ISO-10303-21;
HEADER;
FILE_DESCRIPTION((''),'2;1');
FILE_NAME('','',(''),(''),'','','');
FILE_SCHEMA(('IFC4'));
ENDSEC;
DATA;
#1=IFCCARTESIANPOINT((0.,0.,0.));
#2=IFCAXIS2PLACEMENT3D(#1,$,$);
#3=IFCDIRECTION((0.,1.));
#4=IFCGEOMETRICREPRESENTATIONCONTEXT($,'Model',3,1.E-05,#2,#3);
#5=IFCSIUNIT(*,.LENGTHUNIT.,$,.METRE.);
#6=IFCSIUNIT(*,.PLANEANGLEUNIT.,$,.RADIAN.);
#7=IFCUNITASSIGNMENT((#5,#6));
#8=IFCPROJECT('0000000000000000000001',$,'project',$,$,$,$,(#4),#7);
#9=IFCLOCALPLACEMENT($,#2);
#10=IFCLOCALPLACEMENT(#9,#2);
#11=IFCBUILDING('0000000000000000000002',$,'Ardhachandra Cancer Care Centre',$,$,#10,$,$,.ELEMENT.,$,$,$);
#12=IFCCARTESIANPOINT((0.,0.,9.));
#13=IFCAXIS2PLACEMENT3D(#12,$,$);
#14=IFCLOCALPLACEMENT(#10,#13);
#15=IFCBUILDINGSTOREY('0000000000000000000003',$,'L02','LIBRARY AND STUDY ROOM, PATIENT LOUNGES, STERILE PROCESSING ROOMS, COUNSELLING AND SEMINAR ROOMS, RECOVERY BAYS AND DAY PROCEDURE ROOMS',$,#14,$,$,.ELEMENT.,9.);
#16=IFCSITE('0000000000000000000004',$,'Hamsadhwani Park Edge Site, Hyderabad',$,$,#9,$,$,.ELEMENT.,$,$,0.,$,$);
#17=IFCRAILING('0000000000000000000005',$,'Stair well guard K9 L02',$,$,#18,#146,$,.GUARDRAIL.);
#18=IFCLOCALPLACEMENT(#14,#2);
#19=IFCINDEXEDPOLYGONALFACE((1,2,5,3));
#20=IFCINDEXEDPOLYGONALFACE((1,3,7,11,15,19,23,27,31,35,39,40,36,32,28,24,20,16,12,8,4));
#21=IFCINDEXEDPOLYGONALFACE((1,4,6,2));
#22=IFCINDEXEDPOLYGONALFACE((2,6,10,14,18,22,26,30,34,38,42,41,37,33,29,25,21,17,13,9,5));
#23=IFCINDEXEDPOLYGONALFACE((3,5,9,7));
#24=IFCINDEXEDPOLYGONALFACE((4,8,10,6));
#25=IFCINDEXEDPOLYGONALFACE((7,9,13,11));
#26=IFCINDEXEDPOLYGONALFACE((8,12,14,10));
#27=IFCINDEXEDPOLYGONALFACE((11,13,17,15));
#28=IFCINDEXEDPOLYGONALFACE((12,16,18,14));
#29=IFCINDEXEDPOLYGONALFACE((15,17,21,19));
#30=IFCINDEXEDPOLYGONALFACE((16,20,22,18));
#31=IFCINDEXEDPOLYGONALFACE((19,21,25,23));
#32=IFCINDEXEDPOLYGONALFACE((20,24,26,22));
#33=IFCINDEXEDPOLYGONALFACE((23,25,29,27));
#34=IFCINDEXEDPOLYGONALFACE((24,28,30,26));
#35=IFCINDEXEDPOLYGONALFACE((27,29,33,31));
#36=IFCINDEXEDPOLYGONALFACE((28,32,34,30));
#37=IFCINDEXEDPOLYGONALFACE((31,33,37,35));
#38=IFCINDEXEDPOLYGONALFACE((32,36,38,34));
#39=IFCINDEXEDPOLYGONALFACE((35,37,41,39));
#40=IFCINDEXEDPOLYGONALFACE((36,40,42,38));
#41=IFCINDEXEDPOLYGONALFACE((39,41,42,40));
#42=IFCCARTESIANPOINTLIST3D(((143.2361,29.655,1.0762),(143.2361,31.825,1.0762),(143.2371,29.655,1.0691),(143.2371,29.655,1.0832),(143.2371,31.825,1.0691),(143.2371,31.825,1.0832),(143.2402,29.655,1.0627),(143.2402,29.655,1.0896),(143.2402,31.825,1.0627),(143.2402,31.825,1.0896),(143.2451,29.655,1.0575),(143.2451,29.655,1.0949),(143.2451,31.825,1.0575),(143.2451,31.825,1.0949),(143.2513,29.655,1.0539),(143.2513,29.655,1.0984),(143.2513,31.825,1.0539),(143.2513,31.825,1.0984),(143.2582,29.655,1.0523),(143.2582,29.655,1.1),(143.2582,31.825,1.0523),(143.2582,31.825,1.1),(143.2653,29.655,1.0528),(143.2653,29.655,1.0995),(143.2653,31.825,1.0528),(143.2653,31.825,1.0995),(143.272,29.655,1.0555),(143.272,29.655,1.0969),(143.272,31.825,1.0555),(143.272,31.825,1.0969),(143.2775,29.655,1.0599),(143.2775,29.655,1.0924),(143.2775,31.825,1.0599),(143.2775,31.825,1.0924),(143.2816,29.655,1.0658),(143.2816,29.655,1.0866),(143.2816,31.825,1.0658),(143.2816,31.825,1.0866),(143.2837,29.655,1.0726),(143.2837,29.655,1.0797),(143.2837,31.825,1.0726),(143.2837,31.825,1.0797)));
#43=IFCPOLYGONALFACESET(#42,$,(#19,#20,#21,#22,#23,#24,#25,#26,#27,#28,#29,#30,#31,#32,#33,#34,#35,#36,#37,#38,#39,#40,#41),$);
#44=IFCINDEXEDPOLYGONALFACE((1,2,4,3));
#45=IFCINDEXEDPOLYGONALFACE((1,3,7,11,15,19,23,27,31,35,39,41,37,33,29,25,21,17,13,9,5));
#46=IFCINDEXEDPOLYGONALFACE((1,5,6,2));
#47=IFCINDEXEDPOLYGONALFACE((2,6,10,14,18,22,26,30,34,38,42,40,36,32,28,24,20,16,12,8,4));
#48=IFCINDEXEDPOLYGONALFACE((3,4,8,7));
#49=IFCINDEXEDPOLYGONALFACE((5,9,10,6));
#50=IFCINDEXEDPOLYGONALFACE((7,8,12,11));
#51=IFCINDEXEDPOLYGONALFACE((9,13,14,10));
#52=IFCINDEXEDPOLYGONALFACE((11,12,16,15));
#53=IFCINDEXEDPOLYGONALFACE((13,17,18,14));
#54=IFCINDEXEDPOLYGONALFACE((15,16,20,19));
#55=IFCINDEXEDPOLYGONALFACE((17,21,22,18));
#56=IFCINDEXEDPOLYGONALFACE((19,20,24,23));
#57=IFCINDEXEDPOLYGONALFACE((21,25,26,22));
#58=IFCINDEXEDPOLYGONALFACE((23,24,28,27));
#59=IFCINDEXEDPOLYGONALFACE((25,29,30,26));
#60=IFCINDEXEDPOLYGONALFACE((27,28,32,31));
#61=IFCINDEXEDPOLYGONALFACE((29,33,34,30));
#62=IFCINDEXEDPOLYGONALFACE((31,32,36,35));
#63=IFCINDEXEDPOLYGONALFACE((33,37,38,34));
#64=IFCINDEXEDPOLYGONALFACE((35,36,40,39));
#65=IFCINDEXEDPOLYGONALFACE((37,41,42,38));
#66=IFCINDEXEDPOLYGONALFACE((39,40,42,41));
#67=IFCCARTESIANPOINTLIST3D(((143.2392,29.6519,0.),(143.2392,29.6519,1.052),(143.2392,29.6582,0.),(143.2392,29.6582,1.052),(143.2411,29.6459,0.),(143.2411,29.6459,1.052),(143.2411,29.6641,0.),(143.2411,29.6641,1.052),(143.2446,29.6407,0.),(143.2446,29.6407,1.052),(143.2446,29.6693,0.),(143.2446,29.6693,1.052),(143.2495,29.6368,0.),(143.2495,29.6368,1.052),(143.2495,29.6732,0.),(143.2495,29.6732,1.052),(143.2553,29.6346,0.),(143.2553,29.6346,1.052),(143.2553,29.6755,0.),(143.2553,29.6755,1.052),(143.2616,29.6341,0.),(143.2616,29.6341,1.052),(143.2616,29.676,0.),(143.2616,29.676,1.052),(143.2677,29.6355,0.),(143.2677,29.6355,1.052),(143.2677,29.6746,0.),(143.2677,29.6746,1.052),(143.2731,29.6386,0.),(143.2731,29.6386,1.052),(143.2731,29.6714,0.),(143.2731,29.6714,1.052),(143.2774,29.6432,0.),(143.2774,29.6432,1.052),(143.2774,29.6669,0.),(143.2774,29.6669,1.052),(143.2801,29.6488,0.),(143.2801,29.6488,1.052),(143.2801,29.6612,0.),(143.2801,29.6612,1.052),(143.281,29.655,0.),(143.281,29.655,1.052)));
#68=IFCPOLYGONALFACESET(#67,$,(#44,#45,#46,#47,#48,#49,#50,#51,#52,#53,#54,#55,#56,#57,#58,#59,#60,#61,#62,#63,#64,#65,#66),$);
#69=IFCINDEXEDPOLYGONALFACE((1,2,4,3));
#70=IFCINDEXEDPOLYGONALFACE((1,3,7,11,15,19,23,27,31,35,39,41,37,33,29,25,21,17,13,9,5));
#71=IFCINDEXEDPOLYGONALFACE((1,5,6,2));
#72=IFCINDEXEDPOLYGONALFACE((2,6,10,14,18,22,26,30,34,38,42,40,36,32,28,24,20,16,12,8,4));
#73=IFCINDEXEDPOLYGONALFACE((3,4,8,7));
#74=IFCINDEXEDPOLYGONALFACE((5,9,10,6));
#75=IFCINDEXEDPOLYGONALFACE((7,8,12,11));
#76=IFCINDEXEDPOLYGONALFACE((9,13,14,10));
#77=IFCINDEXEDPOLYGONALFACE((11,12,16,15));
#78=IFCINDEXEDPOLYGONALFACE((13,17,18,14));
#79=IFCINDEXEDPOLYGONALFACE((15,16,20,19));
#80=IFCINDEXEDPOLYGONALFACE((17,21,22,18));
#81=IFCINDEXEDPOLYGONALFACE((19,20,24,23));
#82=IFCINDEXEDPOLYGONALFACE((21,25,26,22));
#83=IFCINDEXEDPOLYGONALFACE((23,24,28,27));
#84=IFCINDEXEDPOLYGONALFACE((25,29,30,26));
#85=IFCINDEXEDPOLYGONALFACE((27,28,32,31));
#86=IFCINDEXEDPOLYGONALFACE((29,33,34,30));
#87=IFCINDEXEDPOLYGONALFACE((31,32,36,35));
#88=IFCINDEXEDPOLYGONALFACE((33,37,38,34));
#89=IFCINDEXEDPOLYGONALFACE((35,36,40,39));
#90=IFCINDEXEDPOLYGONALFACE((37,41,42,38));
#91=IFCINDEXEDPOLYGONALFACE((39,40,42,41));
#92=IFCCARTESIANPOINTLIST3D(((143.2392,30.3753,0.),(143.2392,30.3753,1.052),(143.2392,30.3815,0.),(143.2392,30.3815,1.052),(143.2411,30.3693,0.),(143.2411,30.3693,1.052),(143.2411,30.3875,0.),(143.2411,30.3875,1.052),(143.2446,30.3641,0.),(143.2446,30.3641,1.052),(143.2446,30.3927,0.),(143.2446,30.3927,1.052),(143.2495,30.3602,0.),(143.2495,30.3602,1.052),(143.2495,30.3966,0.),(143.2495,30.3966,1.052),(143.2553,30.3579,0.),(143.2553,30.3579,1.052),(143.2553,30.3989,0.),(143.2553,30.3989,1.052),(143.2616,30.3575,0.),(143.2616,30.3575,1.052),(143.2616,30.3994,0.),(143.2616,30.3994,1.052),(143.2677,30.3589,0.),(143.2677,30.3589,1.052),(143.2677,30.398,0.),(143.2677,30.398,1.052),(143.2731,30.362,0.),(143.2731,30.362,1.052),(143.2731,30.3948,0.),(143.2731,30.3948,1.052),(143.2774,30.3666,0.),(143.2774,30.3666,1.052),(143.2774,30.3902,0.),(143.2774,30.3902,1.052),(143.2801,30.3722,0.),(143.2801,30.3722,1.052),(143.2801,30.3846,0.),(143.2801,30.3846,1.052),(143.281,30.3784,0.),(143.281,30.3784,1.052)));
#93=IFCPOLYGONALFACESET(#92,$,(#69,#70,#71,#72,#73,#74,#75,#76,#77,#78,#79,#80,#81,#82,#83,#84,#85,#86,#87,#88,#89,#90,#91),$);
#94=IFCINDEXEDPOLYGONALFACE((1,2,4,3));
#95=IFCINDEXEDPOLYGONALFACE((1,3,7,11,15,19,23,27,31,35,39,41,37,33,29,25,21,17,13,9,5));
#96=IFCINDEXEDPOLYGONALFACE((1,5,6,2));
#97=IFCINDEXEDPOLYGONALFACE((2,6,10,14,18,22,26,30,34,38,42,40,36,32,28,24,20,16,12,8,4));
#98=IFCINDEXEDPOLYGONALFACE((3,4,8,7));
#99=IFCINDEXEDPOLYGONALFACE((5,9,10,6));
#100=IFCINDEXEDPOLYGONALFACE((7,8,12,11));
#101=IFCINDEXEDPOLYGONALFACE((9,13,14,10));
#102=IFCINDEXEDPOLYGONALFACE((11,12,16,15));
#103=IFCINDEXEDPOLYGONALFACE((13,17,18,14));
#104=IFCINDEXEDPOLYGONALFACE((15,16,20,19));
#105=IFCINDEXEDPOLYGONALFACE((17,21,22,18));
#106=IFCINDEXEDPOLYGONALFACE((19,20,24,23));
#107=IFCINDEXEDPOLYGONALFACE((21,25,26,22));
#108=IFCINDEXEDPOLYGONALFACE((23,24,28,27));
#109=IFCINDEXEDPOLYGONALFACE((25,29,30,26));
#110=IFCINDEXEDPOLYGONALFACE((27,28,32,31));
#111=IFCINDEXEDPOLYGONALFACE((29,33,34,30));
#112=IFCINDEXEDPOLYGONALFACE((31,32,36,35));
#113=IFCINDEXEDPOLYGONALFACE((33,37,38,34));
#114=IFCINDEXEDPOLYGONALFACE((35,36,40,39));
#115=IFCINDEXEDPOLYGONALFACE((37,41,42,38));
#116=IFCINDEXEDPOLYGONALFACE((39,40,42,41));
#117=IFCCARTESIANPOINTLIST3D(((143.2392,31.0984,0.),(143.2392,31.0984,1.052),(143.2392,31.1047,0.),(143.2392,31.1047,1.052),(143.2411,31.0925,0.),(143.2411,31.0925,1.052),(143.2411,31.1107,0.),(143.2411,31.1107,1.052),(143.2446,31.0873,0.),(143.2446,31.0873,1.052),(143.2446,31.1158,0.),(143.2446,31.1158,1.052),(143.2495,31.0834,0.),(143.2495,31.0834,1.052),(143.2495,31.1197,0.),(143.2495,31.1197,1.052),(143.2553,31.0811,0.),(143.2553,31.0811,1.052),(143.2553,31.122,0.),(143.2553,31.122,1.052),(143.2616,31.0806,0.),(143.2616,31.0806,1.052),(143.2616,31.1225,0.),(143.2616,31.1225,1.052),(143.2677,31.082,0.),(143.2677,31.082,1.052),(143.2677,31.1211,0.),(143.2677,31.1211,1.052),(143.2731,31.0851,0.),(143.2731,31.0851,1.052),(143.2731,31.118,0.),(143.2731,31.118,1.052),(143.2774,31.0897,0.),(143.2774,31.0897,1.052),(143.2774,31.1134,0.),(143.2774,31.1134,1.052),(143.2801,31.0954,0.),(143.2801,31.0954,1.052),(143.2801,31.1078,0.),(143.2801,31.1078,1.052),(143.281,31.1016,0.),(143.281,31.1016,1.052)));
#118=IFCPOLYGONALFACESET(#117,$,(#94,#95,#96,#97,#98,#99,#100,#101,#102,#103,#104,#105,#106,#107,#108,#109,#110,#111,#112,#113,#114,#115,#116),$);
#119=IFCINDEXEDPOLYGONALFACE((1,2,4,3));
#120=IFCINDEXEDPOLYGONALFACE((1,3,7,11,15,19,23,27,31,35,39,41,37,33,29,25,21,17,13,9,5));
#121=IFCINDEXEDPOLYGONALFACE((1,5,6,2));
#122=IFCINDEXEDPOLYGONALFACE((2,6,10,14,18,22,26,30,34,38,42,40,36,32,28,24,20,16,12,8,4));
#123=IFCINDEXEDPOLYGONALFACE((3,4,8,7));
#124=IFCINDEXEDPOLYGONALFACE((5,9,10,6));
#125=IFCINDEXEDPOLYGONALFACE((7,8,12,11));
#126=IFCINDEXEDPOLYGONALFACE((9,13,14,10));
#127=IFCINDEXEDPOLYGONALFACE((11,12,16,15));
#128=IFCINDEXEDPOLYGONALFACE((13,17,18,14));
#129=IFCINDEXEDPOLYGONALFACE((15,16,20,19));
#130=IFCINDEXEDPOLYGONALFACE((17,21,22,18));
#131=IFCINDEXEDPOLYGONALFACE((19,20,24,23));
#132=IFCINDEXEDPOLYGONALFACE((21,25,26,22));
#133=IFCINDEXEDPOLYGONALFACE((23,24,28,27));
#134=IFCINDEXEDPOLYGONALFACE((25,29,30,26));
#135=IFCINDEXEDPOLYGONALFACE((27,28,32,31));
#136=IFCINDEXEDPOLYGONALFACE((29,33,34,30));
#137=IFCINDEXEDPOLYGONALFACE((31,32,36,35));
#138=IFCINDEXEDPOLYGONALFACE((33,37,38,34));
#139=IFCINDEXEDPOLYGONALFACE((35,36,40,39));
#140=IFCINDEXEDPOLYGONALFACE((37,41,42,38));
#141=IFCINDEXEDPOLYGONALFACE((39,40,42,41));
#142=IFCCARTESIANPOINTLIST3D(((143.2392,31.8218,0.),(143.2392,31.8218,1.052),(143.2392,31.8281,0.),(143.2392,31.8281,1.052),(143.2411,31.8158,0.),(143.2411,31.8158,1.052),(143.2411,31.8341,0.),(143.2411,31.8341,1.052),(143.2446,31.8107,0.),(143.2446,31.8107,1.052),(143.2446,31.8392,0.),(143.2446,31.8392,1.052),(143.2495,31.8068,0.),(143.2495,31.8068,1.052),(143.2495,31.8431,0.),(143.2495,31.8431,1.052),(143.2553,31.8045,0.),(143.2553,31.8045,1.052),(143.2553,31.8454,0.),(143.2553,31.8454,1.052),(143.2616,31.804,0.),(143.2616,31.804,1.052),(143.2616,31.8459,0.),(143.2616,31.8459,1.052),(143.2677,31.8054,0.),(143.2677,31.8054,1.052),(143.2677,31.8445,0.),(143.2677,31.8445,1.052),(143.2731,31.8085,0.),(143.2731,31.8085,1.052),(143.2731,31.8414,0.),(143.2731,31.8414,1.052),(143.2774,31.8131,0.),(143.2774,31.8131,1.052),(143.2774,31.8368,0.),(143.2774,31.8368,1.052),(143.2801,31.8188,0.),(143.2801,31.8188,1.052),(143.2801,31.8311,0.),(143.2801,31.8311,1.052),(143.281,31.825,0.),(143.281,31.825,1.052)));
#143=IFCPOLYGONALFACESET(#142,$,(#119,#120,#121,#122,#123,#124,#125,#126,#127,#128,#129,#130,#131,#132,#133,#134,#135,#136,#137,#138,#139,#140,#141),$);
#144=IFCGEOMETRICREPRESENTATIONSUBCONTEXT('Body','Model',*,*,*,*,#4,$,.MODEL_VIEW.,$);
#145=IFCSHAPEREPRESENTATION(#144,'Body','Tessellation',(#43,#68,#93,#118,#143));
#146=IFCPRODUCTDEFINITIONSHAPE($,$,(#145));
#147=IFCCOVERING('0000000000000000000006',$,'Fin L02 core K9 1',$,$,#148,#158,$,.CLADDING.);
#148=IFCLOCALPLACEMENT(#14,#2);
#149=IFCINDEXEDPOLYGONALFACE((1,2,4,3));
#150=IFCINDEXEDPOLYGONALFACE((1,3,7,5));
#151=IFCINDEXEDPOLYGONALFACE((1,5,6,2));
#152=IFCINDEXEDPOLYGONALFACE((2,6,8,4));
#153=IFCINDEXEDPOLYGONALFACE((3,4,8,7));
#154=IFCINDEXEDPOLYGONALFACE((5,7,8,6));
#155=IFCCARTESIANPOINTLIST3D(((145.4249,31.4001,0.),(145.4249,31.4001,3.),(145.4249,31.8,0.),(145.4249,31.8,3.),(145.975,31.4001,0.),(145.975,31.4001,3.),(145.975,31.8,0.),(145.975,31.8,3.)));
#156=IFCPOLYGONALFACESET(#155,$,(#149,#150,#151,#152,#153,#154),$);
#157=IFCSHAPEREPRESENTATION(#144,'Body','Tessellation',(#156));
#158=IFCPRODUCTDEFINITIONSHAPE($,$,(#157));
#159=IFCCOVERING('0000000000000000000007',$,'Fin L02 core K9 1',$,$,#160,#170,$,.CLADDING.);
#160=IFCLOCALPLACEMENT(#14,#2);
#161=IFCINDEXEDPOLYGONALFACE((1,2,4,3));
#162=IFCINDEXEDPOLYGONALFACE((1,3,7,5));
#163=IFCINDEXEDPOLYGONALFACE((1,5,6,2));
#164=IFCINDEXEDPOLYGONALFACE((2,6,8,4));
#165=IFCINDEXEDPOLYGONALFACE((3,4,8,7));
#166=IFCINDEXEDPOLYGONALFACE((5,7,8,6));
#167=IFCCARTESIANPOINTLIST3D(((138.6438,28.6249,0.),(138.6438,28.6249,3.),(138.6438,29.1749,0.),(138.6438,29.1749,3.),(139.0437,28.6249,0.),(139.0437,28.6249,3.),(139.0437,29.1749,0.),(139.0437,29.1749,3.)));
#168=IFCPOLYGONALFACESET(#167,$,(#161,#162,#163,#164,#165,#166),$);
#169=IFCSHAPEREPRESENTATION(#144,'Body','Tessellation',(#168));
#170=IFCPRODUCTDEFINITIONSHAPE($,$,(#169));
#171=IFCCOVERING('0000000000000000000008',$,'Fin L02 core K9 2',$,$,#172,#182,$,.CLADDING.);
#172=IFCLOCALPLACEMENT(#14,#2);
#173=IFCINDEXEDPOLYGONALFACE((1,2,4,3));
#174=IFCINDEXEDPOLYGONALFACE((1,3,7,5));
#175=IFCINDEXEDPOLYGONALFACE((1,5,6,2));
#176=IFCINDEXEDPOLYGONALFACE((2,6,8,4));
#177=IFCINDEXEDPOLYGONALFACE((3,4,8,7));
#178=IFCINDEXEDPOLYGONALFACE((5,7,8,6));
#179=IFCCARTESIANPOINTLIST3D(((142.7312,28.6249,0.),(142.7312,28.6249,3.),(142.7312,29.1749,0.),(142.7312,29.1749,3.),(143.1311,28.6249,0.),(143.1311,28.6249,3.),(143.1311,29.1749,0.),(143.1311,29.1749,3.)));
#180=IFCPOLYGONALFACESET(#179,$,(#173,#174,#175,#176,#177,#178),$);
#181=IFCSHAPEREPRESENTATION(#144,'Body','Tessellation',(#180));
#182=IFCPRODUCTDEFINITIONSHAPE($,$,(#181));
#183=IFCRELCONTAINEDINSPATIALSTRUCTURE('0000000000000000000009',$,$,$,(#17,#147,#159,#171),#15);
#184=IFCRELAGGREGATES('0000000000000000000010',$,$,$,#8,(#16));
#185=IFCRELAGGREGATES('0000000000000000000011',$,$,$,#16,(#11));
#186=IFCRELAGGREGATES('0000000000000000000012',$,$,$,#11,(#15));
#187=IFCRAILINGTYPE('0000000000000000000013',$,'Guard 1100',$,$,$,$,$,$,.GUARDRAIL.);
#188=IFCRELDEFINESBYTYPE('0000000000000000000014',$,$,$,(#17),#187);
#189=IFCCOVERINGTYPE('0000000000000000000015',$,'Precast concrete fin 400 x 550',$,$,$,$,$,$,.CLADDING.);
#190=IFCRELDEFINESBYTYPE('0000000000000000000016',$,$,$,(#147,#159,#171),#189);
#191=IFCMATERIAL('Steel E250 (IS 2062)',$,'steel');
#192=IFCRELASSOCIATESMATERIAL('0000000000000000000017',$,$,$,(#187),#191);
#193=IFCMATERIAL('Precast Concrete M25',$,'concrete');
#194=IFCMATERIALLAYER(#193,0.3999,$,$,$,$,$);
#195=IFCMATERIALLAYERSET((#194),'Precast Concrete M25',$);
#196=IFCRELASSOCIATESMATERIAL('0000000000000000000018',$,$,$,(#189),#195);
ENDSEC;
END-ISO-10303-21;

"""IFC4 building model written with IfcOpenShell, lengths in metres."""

from ifc_helpers import new_model, si_unit, direction, frame, origin, origin_2d, place, context, subcontext, project, spatial, rectangle, circle, extrude, material, layer, layer_set, type_object, element, save


model = new_model("IFC4")

# Units and contexts
model_context = context("Model", 3, precision=1e-05, world=origin(), true_north=direction((0.0, 1.0)))
body_context = subcontext(model_context, "Body", "Model", "MODEL_VIEW")
ifc_project = project(units=[si_unit("LENGTHUNIT", "METRE"), si_unit("PLANEANGLEUNIT", "RADIAN")], contexts=[model_context])

# Site, building, storey
site_placement = place(None, origin())
site = spatial("IfcSite", under=ifc_project, at=site_placement, Name="Hamsadhwani Park Edge Site, Hyderabad", CompositionType="ELEMENT", RefElevation=0.0)
building_placement = place(site_placement, origin())
building = spatial("IfcBuilding", under=site, at=building_placement, Name="Ardhachandra Cancer Care Centre", CompositionType="ELEMENT")
storey_placement = place(building_placement, frame((0.0, 0.0, 9.0)))
storey = spatial("IfcBuildingStorey", under=building, at=storey_placement, Name="L02", Description="LIBRARY AND STUDY ROOM, PATIENT LOUNGES, STERILE PROCESSING ROOMS, COUNSELLING AND SEMINAR ROOMS, RECOVERY BAYS AND DAY PROCEDURE ROOMS", CompositionType="ELEMENT", Elevation=9.0)

# Railing
ifc_material_1 = material(Name="Steel E250 (IS 2062)", Category="steel")
railing_type = type_object("IfcRailingType", Name="Guard 1100", PredefinedType="GUARDRAIL", material=ifc_material_1)
railing_placement = place(storey_placement, frame((143.26, 29.655, 0.0)))
element("IfcRailing", 1, at=railing_placement, inside=storey, type_object=railing_type, Name="Stair well guard K9 L02", PredefinedType="GUARDRAIL", context=body_context, shape_type="SweptSolid", body=[
    extrude(circle(Radius=0.0239, at=origin_2d()), frame((0.0, 0.0, 1.0762), z_axis=(0.0, 1.0, 0.0), x_axis=(-1.0, 0.0, 0.0)), (0.0, 0.0, 1.0), 2.1699),
    extrude(circle(Radius=0.021, at=origin_2d()), origin(), (0.0, 0.0, 1.0), 1.052),
    extrude(circle(Radius=0.021, at=origin_2d()), frame((0.0, 0.7234, 0.0)), (0.0, 0.0, 1.0), 1.052),
    extrude(circle(Radius=0.021, at=origin_2d()), frame((0.0, 1.4465, 0.0)), (0.0, 0.0, 1.0), 1.052),
    extrude(circle(Radius=0.021, at=origin_2d()), frame((0.0, 2.1699, 0.0)), (0.0, 0.0, 1.0), 1.052),
])

# Coverings
ifc_material_2 = material(Name="Precast Concrete M25", Category="concrete")
ifc_layer_1 = layer(ifc_material_2, 0.3999)
ifc_layer_set_1 = layer_set([ifc_layer_1], Name="Precast Concrete M25")
covering_type = type_object("IfcCoveringType", Name="Precast concrete fin 400 x 550", PredefinedType="CLADDING", material=ifc_layer_set_1)
for number, where, z_axis, x_axis, name in (
    (2, (145.7, 31.6001, 0.0), (0.0, 0.0, 1.0), (0.0, 1.0, 0.0), "Fin L02 core K9 1"),
    (3, (138.8438, 28.8999, 0.0), (0.0, 0.0, 1.0), (1.0, 0.0, 0.0), "Fin L02 core K9 1"),
    (4, (142.9312, 28.8999, 0.0), (0.0, 0.0, 1.0), (1.0, 0.0, 0.0), "Fin L02 core K9 2"),
):
    element("IfcCovering", number, at=place(storey_placement, frame(where, z_axis=z_axis, x_axis=x_axis)), inside=storey, type_object=covering_type, Name=name, PredefinedType="CLADDING", context=body_context, shape_type="SweptSolid", body=[
        extrude(rectangle(XDim=0.3999, YDim=0.55, at=origin_2d()), origin(), (0.0, 0.0, 1.0), 3.0),
    ])

save(model, "model.ifc")
